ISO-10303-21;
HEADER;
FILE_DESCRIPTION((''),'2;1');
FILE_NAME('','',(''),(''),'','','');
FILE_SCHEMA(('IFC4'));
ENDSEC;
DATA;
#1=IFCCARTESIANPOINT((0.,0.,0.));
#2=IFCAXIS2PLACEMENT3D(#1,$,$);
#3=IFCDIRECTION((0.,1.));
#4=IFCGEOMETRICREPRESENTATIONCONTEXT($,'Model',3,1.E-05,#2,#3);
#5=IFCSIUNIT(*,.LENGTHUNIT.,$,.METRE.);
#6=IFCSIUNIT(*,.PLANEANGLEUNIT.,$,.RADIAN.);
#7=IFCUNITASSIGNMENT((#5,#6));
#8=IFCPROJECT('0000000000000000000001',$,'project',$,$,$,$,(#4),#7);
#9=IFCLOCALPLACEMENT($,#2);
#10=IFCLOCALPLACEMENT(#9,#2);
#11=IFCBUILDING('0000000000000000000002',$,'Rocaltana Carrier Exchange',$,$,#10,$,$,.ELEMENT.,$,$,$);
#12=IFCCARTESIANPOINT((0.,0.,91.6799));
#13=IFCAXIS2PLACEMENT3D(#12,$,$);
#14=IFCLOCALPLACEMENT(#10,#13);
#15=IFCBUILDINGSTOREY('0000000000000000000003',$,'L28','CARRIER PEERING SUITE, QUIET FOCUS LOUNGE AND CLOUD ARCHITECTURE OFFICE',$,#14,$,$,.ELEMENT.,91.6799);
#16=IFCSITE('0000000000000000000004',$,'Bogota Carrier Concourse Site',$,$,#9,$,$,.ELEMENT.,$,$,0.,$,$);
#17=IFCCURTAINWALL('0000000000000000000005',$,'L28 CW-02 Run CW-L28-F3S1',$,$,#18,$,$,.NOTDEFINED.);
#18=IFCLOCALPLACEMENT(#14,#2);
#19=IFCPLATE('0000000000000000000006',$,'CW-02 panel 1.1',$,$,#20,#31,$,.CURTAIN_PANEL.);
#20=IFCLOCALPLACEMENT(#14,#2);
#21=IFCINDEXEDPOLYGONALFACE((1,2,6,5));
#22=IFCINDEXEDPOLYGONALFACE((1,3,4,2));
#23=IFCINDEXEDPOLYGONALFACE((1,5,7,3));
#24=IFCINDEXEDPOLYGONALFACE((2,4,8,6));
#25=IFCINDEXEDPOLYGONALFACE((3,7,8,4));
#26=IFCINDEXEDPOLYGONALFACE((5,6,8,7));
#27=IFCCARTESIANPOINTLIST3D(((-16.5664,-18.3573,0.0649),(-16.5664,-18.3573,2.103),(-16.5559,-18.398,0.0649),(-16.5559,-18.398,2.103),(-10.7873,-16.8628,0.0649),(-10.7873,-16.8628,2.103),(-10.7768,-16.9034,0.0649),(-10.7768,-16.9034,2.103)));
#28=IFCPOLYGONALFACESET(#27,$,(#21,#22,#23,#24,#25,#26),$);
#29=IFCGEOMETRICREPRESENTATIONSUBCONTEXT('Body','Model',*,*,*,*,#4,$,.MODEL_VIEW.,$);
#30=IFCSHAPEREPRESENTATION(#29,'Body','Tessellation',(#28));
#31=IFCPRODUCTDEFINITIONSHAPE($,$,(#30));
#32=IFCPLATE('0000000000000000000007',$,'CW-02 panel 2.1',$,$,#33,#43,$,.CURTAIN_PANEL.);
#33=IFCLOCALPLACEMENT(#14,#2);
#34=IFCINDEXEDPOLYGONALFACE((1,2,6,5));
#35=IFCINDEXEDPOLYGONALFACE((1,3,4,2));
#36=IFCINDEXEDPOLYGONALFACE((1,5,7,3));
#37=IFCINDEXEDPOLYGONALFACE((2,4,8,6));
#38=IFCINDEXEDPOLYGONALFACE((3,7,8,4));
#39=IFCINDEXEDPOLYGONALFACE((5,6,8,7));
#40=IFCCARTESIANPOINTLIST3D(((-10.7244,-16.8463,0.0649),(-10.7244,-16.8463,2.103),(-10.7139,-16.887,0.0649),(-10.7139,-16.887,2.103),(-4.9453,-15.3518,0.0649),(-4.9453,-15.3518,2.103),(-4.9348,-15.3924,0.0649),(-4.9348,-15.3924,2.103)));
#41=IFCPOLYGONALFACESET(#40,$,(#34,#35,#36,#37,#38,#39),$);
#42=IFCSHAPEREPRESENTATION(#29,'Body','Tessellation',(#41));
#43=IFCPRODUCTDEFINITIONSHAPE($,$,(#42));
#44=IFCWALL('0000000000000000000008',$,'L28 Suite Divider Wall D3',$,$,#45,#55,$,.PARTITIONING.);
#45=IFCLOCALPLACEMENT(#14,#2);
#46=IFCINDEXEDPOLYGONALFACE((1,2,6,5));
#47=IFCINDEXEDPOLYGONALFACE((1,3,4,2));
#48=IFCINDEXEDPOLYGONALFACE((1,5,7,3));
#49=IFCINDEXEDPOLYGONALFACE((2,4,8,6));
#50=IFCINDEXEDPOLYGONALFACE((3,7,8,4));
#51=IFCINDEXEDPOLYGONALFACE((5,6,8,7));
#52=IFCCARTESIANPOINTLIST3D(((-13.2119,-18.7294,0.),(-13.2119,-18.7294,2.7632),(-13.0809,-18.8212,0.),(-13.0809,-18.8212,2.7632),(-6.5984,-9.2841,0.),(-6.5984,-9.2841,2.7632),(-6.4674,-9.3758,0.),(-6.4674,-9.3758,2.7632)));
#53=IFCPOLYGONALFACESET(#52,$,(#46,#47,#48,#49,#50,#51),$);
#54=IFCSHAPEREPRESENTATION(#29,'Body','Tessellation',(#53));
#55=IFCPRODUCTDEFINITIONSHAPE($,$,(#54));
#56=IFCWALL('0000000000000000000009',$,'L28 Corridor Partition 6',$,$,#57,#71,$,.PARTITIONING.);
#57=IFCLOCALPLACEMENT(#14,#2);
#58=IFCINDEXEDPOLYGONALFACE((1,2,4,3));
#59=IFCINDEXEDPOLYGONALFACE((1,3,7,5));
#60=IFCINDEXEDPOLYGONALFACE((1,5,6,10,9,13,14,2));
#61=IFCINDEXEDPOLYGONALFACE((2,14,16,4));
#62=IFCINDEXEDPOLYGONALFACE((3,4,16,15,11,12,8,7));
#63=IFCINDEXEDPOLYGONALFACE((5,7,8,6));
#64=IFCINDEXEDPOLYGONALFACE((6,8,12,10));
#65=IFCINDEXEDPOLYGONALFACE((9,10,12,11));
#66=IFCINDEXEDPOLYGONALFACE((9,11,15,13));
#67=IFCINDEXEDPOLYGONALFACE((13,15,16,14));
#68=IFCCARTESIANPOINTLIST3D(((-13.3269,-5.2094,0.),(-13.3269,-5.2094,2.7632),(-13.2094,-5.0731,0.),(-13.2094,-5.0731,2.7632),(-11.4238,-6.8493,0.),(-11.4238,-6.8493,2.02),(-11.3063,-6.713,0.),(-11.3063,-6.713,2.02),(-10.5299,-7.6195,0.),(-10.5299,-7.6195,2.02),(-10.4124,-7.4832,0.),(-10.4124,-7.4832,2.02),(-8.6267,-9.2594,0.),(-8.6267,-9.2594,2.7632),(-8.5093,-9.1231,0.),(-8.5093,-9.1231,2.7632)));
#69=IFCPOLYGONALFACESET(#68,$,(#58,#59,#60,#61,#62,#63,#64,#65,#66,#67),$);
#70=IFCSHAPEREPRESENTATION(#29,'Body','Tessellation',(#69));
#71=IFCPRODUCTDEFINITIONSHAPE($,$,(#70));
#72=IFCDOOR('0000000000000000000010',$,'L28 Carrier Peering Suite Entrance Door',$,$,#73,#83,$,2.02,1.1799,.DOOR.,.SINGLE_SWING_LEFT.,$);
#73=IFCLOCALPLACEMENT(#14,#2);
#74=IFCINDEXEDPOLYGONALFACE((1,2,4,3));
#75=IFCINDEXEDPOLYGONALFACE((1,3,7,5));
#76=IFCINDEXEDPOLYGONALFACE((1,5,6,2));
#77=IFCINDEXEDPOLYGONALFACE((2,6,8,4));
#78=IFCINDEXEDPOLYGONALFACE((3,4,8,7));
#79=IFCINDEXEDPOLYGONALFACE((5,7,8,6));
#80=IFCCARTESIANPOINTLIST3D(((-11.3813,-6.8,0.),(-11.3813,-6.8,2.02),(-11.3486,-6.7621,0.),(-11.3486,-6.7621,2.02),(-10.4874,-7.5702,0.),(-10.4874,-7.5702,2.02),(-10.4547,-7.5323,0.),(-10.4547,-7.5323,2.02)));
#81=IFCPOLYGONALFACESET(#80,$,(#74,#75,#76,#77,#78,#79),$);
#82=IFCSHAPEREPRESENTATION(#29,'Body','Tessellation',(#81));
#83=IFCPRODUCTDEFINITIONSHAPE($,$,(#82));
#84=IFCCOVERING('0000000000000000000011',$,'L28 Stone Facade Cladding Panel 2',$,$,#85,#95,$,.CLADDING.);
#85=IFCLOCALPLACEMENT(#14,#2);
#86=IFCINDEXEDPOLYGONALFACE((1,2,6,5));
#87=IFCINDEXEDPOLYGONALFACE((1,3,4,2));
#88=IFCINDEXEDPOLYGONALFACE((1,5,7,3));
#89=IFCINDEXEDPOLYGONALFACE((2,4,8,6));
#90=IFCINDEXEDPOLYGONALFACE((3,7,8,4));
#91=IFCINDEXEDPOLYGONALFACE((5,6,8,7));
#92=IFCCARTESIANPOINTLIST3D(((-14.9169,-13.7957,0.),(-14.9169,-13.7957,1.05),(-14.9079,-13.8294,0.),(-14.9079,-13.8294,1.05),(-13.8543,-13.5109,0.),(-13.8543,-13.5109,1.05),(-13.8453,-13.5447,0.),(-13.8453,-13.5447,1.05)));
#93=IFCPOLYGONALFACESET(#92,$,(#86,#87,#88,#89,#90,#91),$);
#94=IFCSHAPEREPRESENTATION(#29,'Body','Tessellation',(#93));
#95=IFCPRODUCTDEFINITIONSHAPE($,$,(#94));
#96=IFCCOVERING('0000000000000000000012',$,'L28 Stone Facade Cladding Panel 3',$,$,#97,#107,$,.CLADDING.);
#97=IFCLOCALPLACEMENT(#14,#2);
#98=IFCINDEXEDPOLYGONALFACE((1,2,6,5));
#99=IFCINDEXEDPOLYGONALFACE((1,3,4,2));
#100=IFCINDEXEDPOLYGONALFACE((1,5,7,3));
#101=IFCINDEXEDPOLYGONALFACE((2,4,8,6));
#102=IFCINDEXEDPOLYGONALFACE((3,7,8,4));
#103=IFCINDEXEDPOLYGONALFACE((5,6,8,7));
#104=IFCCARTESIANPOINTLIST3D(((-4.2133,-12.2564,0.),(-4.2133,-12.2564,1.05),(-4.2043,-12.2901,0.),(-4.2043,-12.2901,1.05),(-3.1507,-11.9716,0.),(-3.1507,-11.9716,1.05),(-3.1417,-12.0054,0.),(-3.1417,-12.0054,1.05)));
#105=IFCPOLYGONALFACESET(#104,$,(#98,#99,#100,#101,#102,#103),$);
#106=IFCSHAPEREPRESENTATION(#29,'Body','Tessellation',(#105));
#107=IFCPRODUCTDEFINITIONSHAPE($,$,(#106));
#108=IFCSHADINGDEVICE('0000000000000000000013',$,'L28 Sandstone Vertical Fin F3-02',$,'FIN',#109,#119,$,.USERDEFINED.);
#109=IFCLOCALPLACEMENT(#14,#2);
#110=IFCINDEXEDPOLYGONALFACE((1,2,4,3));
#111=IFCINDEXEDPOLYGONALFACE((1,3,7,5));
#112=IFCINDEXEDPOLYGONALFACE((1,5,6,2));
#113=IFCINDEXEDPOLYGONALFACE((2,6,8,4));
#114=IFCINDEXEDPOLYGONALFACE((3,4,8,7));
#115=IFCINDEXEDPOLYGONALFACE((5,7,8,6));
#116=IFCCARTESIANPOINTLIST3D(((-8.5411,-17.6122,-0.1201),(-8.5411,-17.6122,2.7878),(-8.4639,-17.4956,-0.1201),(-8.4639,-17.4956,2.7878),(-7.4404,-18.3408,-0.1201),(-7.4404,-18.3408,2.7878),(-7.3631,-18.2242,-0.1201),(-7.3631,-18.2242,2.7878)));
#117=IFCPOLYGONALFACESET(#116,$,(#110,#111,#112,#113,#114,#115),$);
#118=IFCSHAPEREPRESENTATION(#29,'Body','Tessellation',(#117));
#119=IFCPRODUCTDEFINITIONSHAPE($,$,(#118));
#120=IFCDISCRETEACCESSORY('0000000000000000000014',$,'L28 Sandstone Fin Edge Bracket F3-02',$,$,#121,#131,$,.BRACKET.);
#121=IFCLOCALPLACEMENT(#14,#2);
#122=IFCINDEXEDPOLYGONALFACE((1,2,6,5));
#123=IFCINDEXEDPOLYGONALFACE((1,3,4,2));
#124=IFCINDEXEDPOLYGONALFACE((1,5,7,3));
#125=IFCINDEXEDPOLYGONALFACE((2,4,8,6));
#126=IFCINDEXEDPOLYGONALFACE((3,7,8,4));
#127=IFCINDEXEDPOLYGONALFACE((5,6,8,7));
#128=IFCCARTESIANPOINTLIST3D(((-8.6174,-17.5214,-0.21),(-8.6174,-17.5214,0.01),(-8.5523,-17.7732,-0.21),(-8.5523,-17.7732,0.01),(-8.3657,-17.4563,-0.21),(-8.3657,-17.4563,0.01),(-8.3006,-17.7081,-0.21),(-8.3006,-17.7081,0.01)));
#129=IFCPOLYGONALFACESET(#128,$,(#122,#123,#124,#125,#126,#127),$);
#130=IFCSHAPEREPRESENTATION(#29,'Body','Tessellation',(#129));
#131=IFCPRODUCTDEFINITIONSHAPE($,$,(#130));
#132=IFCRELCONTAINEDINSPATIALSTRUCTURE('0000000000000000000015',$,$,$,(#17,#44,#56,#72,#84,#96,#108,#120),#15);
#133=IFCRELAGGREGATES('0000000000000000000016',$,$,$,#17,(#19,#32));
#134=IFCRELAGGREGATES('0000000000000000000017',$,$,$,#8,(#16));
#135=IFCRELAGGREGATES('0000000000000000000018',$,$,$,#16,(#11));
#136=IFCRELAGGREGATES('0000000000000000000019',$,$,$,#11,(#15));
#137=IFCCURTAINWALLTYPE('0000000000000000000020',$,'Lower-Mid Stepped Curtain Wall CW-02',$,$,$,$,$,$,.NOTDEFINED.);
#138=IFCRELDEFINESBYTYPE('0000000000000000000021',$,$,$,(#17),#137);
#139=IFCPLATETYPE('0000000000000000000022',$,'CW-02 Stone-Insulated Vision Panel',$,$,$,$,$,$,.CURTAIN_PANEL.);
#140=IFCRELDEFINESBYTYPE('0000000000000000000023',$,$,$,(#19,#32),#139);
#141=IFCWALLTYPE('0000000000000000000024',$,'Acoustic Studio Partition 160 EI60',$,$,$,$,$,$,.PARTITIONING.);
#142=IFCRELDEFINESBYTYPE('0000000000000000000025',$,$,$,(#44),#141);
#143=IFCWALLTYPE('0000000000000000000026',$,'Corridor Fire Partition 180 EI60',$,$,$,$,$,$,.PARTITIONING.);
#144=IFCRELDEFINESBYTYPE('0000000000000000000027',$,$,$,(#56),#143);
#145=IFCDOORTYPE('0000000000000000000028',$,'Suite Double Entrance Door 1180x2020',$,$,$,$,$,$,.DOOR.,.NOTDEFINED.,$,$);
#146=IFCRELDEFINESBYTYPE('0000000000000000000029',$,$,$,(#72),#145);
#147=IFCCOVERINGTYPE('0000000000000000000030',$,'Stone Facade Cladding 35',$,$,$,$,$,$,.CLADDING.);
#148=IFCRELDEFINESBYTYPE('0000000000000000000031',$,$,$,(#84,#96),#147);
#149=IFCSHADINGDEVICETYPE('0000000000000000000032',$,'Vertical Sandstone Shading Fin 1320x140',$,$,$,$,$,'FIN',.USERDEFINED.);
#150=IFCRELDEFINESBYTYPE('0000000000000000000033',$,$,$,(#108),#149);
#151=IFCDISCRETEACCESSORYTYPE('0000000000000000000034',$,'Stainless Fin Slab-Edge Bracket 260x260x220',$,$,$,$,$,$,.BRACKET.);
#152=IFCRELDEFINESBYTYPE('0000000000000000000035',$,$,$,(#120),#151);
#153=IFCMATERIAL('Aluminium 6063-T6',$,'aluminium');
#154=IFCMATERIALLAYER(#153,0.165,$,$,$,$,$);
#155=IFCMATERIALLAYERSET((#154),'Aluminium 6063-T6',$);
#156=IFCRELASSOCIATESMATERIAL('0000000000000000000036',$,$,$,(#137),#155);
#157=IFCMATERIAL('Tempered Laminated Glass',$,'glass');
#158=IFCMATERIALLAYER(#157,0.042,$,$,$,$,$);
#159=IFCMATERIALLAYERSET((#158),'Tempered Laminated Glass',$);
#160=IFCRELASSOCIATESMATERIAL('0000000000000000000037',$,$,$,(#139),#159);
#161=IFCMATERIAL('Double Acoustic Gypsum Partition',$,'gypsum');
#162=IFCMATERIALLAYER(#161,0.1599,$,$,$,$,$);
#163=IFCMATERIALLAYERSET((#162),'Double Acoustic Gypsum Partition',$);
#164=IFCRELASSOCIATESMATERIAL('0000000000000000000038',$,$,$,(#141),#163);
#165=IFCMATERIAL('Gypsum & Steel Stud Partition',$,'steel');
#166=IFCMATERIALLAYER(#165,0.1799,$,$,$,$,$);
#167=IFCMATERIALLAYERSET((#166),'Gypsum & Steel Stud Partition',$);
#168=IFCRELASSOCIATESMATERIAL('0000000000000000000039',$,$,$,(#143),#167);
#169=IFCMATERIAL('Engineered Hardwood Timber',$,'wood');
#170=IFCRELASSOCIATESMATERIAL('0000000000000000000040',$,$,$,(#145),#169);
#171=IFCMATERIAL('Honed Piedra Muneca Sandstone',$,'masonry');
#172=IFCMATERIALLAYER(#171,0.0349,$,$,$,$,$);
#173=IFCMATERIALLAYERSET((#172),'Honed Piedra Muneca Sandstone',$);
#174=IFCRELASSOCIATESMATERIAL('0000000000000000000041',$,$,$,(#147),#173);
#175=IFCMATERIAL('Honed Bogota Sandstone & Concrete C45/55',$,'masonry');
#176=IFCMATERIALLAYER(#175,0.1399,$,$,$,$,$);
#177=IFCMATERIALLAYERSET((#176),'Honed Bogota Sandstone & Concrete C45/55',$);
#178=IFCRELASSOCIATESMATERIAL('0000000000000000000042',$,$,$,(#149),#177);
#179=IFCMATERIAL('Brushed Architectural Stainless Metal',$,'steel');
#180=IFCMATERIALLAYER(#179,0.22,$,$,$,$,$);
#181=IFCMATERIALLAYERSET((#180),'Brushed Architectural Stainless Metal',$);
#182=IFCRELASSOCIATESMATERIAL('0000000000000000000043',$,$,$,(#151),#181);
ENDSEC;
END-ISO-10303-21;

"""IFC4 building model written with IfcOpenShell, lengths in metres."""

from ifc_helpers import new_model, si_unit, direction, frame, frame_2d, origin, origin_2d, place, context, subcontext, project, spatial, rectangle, extrude, material, layer, layer_set, type_object, element, fill, aggregate, save


model = new_model("IFC4")

# Units and contexts
model_context = context("Model", 3, precision=1e-05, world=origin(), true_north=direction((0.0, 1.0)))
body_context = subcontext(model_context, "Body", "Model", "MODEL_VIEW")
ifc_project = project(units=[si_unit("LENGTHUNIT", "METRE"), si_unit("PLANEANGLEUNIT", "RADIAN")], contexts=[model_context])

# Site, building, storey
site_placement = place(None, origin())
site = spatial("IfcSite", under=ifc_project, at=site_placement, Name="Bogota Carrier Concourse Site", CompositionType="ELEMENT", RefElevation=0.0)
building_placement = place(site_placement, origin())
building = spatial("IfcBuilding", under=site, at=building_placement, Name="Rocaltana Carrier Exchange", CompositionType="ELEMENT")
storey_placement = place(building_placement, frame((0.0, 0.0, 91.6799)))
storey = spatial("IfcBuildingStorey", under=building, at=storey_placement, Name="L28", Description="CARRIER PEERING SUITE, QUIET FOCUS LOUNGE AND CLOUD ARCHITECTURE OFFICE", CompositionType="ELEMENT", Elevation=91.6799)

# Curtain wall
ifc_material_1 = material(Name="Aluminium 6063-T6", Category="aluminium")
ifc_layer_1 = layer(ifc_material_1, 0.165)
ifc_layer_set_1 = layer_set([ifc_layer_1], Name="Aluminium 6063-T6")
curtain_wall_type = type_object("IfcCurtainWallType", Name="Lower-Mid Stepped Curtain Wall CW-02", PredefinedType="NOTDEFINED", material=ifc_layer_set_1)
curtain_wall_1_placement = place(storey_placement, origin())
curtain_wall_1 = element("IfcCurtainWall", 1, at=curtain_wall_1_placement, inside=storey, type_object=curtain_wall_type, Name="L28 CW-02 Run CW-L28-F3S1", PredefinedType="NOTDEFINED")

# Plates
ifc_material_2 = material(Name="Tempered Laminated Glass", Category="glass")
ifc_layer_2 = layer(ifc_material_2, 0.042)
ifc_layer_set_2 = layer_set([ifc_layer_2], Name="Tempered Laminated Glass")
plate_type = type_object("IfcPlateType", Name="CW-02 Stone-Insulated Vision Panel", PredefinedType="CURTAIN_PANEL", material=ifc_layer_set_2)
plate_1_placement = place(storey_placement, frame((-13.6716, -17.6304, 0.0649), z_axis=(0.0, 0.0, 1.0), x_axis=(0.968148, 0.250378, 0.0)))
plate_1 = element("IfcPlate", 2, at=plate_1_placement, type_object=plate_type, Name="CW-02 panel 1.1", PredefinedType="CURTAIN_PANEL", context=body_context, shape_type="SweptSolid", body=[
    extrude(rectangle(XDim=5.9692, YDim=0.042, at=origin_2d()), origin(), (0.0, 0.0, 1.0), 2.0381),
])
plate_2_placement = place(storey_placement, frame((-7.8296, -16.1194, 0.0649), z_axis=(0.0, 0.0, 1.0), x_axis=(0.968148, 0.250378, 0.0)))
plate_2 = element("IfcPlate", 3, at=plate_2_placement, type_object=plate_type, Name="CW-02 panel 2.1", PredefinedType="CURTAIN_PANEL", context=body_context, shape_type="SweptSolid", body=[
    extrude(rectangle(XDim=5.9692, YDim=0.042, at=origin_2d()), origin(), (0.0, 0.0, 1.0), 2.0381),
])
aggregate(curtain_wall_1, [plate_1, plate_2])

# Wall
ifc_material_3 = material(Name="Double Acoustic Gypsum Partition", Category="gypsum")
ifc_layer_3 = layer(ifc_material_3, 0.1599)
ifc_layer_set_3 = layer_set([ifc_layer_3], Name="Double Acoustic Gypsum Partition")
wall_type_1 = type_object("IfcWallType", Name="Acoustic Studio Partition 160 EI60", PredefinedType="PARTITIONING", material=ifc_layer_set_3)
wall_1_placement = place(storey_placement, frame((-6.533, -9.3301, 0.0), z_axis=(0.0, 0.0, 1.0), x_axis=(-0.573567, -0.819158, 0.0)))
element("IfcWall", 4, at=wall_1_placement, inside=storey, type_object=wall_type_1, Name="L28 Suite Divider Wall D3", PredefinedType="PARTITIONING", context=body_context, shape_type="SweptSolid", body=[
    extrude(rectangle(XDim=11.5305, YDim=0.1599, at=frame_2d((5.7651, 0.0))), origin(), (0.0, 0.0, 1.0), 2.7632),
])

# Wall, opening, door
ifc_material_4 = material(Name="Gypsum & Steel Stud Partition", Category="steel")
ifc_layer_4 = layer(ifc_material_4, 0.1799)
ifc_layer_set_4 = layer_set([ifc_layer_4], Name="Gypsum & Steel Stud Partition")
wall_type_2 = type_object("IfcWallType", Name="Corridor Fire Partition 180 EI60", PredefinedType="PARTITIONING", material=ifc_layer_set_4)
wall_2_placement = place(storey_placement, frame((-8.5681, -9.1912, 0.0), z_axis=(0.0, 0.0, 1.0), x_axis=(-0.757557, 0.652769, 0.0)))
wall_2 = element("IfcWall", 5, at=wall_2_placement, inside=storey, type_object=wall_type_2, Name="L28 Corridor Partition 6", PredefinedType="PARTITIONING", context=body_context, shape_type="SweptSolid", body=[
    extrude(rectangle(XDim=6.2043, YDim=0.1799, at=frame_2d((3.1021, 0.0))), origin(), (0.0, 0.0, 1.0), 2.7632),
])
opening_placement = place(wall_2_placement, frame((2.5122, 0.0, 0.0)))
opening = element("IfcOpeningElement", 6, at=opening_placement, cuts=wall_2, PredefinedType="OPENING", context=body_context, shape_type="SweptSolid", body=[
    extrude(rectangle(XDim=1.1799, YDim=2.02, at=frame_2d((0.5898, 1.01))), frame((0.0, 0.0999, 0.0), z_axis=(0.0, -1.0, 0.0), x_axis=(1.0, 0.0, 0.0)), (0.0, 0.0, 1.0), 0.2),
])
ifc_material_5 = material(Name="Engineered Hardwood Timber", Category="wood")
door_type = type_object("IfcDoorType", Name="Suite Double Entrance Door 1180x2020", OperationType="NOTDEFINED", PredefinedType="DOOR", material=ifc_material_5)
door_placement = place(opening_placement, origin())
door = element("IfcDoor", 7, at=door_placement, inside=storey, type_object=door_type, Name="L28 Carrier Peering Suite Entrance Door", OperationType="SINGLE_SWING_LEFT", OverallHeight=2.02, OverallWidth=1.1799, PredefinedType="DOOR", context=body_context, shape_type="SweptSolid", body=[
    extrude(rectangle(XDim=1.1799, YDim=2.02, at=frame_2d((0.5898, 1.01))), frame((0.0, 0.0249, 0.0), z_axis=(0.0, -1.0, 0.0), x_axis=(1.0, 0.0, 0.0)), (0.0, 0.0, 1.0), 0.05),
])
fill(opening, door)

# Coverings
ifc_material_6 = material(Name="Honed Piedra Muneca Sandstone", Category="masonry")
ifc_layer_5 = layer(ifc_material_6, 0.0349)
ifc_layer_set_5 = layer_set([ifc_layer_5], Name="Honed Piedra Muneca Sandstone")
covering_type = type_object("IfcCoveringType", Name="Stone Facade Cladding 35", PredefinedType="CLADDING", material=ifc_layer_set_5)
for number, where, z_axis, x_axis, name in (
    (8, (-14.3811, -13.6702, 0.0), (0.0, 0.0, 1.0), (0.965926, 0.258819, 0.0), "L28 Stone Facade Cladding Panel 2"),
    (9, (-3.6775, -12.1309, 0.0), (0.0, 0.0, 1.0), (0.965926, 0.258819, 0.0), "L28 Stone Facade Cladding Panel 3"),
):
    element("IfcCovering", number, at=place(storey_placement, frame(where, z_axis=z_axis, x_axis=x_axis)), inside=storey, type_object=covering_type, Name=name, PredefinedType="CLADDING", context=body_context, shape_type="SweptSolid", body=[
        extrude(rectangle(XDim=1.1001, YDim=0.0349, at=origin_2d()), origin(), (0.0, 0.0, 1.0), 1.05),
    ])

# Shading device
ifc_material_7 = material(Name="Honed Bogota Sandstone & Concrete C45/55", Category="masonry")
ifc_layer_6 = layer(ifc_material_7, 0.1399)
ifc_layer_set_6 = layer_set([ifc_layer_6], Name="Honed Bogota Sandstone & Concrete C45/55")
shading_device_type = type_object("IfcShadingDeviceType", Name="Vertical Sandstone Shading Fin 1320x140", ElementType="FIN", PredefinedType="USERDEFINED", material=ifc_layer_set_6)
shading_device_placement = place(storey_placement, frame((-7.9521, -17.9182, -0.1201), z_axis=(0.0, 0.0, 1.0), x_axis=(0.833886, -0.551937, 0.0)))
element("IfcShadingDevice", 10, at=shading_device_placement, inside=storey, type_object=shading_device_type, Name="L28 Sandstone Vertical Fin F3-02", ObjectType="FIN", PredefinedType="USERDEFINED", context=body_context, shape_type="SweptSolid", body=[
    extrude(rectangle(XDim=1.3201, YDim=0.1399, at=origin_2d()), origin(), (0.0, 0.0, 1.0), 2.908),
])

# Discrete accessory
ifc_material_8 = material(Name="Brushed Architectural Stainless Metal", Category="steel")
ifc_layer_7 = layer(ifc_material_8, 0.22)
ifc_layer_set_7 = layer_set([ifc_layer_7], Name="Brushed Architectural Stainless Metal")
discrete_accessory_type = type_object("IfcDiscreteAccessoryType", Name="Stainless Fin Slab-Edge Bracket 260x260x220", PredefinedType="BRACKET", material=ifc_layer_set_7)
discrete_accessory_placement = place(storey_placement, frame((-8.459, -17.6147, -0.21), z_axis=(0.0, 0.0, 1.0), x_axis=(0.968148, 0.25038, 0.0)))
element("IfcDiscreteAccessory", 11, at=discrete_accessory_placement, inside=storey, type_object=discrete_accessory_type, Name="L28 Sandstone Fin Edge Bracket F3-02", PredefinedType="BRACKET", context=body_context, shape_type="SweptSolid", body=[
    extrude(rectangle(XDim=0.26, YDim=0.26, at=origin_2d()), origin(), (0.0, 0.0, 1.0), 0.22),
])

save(model, "model.ifc")
